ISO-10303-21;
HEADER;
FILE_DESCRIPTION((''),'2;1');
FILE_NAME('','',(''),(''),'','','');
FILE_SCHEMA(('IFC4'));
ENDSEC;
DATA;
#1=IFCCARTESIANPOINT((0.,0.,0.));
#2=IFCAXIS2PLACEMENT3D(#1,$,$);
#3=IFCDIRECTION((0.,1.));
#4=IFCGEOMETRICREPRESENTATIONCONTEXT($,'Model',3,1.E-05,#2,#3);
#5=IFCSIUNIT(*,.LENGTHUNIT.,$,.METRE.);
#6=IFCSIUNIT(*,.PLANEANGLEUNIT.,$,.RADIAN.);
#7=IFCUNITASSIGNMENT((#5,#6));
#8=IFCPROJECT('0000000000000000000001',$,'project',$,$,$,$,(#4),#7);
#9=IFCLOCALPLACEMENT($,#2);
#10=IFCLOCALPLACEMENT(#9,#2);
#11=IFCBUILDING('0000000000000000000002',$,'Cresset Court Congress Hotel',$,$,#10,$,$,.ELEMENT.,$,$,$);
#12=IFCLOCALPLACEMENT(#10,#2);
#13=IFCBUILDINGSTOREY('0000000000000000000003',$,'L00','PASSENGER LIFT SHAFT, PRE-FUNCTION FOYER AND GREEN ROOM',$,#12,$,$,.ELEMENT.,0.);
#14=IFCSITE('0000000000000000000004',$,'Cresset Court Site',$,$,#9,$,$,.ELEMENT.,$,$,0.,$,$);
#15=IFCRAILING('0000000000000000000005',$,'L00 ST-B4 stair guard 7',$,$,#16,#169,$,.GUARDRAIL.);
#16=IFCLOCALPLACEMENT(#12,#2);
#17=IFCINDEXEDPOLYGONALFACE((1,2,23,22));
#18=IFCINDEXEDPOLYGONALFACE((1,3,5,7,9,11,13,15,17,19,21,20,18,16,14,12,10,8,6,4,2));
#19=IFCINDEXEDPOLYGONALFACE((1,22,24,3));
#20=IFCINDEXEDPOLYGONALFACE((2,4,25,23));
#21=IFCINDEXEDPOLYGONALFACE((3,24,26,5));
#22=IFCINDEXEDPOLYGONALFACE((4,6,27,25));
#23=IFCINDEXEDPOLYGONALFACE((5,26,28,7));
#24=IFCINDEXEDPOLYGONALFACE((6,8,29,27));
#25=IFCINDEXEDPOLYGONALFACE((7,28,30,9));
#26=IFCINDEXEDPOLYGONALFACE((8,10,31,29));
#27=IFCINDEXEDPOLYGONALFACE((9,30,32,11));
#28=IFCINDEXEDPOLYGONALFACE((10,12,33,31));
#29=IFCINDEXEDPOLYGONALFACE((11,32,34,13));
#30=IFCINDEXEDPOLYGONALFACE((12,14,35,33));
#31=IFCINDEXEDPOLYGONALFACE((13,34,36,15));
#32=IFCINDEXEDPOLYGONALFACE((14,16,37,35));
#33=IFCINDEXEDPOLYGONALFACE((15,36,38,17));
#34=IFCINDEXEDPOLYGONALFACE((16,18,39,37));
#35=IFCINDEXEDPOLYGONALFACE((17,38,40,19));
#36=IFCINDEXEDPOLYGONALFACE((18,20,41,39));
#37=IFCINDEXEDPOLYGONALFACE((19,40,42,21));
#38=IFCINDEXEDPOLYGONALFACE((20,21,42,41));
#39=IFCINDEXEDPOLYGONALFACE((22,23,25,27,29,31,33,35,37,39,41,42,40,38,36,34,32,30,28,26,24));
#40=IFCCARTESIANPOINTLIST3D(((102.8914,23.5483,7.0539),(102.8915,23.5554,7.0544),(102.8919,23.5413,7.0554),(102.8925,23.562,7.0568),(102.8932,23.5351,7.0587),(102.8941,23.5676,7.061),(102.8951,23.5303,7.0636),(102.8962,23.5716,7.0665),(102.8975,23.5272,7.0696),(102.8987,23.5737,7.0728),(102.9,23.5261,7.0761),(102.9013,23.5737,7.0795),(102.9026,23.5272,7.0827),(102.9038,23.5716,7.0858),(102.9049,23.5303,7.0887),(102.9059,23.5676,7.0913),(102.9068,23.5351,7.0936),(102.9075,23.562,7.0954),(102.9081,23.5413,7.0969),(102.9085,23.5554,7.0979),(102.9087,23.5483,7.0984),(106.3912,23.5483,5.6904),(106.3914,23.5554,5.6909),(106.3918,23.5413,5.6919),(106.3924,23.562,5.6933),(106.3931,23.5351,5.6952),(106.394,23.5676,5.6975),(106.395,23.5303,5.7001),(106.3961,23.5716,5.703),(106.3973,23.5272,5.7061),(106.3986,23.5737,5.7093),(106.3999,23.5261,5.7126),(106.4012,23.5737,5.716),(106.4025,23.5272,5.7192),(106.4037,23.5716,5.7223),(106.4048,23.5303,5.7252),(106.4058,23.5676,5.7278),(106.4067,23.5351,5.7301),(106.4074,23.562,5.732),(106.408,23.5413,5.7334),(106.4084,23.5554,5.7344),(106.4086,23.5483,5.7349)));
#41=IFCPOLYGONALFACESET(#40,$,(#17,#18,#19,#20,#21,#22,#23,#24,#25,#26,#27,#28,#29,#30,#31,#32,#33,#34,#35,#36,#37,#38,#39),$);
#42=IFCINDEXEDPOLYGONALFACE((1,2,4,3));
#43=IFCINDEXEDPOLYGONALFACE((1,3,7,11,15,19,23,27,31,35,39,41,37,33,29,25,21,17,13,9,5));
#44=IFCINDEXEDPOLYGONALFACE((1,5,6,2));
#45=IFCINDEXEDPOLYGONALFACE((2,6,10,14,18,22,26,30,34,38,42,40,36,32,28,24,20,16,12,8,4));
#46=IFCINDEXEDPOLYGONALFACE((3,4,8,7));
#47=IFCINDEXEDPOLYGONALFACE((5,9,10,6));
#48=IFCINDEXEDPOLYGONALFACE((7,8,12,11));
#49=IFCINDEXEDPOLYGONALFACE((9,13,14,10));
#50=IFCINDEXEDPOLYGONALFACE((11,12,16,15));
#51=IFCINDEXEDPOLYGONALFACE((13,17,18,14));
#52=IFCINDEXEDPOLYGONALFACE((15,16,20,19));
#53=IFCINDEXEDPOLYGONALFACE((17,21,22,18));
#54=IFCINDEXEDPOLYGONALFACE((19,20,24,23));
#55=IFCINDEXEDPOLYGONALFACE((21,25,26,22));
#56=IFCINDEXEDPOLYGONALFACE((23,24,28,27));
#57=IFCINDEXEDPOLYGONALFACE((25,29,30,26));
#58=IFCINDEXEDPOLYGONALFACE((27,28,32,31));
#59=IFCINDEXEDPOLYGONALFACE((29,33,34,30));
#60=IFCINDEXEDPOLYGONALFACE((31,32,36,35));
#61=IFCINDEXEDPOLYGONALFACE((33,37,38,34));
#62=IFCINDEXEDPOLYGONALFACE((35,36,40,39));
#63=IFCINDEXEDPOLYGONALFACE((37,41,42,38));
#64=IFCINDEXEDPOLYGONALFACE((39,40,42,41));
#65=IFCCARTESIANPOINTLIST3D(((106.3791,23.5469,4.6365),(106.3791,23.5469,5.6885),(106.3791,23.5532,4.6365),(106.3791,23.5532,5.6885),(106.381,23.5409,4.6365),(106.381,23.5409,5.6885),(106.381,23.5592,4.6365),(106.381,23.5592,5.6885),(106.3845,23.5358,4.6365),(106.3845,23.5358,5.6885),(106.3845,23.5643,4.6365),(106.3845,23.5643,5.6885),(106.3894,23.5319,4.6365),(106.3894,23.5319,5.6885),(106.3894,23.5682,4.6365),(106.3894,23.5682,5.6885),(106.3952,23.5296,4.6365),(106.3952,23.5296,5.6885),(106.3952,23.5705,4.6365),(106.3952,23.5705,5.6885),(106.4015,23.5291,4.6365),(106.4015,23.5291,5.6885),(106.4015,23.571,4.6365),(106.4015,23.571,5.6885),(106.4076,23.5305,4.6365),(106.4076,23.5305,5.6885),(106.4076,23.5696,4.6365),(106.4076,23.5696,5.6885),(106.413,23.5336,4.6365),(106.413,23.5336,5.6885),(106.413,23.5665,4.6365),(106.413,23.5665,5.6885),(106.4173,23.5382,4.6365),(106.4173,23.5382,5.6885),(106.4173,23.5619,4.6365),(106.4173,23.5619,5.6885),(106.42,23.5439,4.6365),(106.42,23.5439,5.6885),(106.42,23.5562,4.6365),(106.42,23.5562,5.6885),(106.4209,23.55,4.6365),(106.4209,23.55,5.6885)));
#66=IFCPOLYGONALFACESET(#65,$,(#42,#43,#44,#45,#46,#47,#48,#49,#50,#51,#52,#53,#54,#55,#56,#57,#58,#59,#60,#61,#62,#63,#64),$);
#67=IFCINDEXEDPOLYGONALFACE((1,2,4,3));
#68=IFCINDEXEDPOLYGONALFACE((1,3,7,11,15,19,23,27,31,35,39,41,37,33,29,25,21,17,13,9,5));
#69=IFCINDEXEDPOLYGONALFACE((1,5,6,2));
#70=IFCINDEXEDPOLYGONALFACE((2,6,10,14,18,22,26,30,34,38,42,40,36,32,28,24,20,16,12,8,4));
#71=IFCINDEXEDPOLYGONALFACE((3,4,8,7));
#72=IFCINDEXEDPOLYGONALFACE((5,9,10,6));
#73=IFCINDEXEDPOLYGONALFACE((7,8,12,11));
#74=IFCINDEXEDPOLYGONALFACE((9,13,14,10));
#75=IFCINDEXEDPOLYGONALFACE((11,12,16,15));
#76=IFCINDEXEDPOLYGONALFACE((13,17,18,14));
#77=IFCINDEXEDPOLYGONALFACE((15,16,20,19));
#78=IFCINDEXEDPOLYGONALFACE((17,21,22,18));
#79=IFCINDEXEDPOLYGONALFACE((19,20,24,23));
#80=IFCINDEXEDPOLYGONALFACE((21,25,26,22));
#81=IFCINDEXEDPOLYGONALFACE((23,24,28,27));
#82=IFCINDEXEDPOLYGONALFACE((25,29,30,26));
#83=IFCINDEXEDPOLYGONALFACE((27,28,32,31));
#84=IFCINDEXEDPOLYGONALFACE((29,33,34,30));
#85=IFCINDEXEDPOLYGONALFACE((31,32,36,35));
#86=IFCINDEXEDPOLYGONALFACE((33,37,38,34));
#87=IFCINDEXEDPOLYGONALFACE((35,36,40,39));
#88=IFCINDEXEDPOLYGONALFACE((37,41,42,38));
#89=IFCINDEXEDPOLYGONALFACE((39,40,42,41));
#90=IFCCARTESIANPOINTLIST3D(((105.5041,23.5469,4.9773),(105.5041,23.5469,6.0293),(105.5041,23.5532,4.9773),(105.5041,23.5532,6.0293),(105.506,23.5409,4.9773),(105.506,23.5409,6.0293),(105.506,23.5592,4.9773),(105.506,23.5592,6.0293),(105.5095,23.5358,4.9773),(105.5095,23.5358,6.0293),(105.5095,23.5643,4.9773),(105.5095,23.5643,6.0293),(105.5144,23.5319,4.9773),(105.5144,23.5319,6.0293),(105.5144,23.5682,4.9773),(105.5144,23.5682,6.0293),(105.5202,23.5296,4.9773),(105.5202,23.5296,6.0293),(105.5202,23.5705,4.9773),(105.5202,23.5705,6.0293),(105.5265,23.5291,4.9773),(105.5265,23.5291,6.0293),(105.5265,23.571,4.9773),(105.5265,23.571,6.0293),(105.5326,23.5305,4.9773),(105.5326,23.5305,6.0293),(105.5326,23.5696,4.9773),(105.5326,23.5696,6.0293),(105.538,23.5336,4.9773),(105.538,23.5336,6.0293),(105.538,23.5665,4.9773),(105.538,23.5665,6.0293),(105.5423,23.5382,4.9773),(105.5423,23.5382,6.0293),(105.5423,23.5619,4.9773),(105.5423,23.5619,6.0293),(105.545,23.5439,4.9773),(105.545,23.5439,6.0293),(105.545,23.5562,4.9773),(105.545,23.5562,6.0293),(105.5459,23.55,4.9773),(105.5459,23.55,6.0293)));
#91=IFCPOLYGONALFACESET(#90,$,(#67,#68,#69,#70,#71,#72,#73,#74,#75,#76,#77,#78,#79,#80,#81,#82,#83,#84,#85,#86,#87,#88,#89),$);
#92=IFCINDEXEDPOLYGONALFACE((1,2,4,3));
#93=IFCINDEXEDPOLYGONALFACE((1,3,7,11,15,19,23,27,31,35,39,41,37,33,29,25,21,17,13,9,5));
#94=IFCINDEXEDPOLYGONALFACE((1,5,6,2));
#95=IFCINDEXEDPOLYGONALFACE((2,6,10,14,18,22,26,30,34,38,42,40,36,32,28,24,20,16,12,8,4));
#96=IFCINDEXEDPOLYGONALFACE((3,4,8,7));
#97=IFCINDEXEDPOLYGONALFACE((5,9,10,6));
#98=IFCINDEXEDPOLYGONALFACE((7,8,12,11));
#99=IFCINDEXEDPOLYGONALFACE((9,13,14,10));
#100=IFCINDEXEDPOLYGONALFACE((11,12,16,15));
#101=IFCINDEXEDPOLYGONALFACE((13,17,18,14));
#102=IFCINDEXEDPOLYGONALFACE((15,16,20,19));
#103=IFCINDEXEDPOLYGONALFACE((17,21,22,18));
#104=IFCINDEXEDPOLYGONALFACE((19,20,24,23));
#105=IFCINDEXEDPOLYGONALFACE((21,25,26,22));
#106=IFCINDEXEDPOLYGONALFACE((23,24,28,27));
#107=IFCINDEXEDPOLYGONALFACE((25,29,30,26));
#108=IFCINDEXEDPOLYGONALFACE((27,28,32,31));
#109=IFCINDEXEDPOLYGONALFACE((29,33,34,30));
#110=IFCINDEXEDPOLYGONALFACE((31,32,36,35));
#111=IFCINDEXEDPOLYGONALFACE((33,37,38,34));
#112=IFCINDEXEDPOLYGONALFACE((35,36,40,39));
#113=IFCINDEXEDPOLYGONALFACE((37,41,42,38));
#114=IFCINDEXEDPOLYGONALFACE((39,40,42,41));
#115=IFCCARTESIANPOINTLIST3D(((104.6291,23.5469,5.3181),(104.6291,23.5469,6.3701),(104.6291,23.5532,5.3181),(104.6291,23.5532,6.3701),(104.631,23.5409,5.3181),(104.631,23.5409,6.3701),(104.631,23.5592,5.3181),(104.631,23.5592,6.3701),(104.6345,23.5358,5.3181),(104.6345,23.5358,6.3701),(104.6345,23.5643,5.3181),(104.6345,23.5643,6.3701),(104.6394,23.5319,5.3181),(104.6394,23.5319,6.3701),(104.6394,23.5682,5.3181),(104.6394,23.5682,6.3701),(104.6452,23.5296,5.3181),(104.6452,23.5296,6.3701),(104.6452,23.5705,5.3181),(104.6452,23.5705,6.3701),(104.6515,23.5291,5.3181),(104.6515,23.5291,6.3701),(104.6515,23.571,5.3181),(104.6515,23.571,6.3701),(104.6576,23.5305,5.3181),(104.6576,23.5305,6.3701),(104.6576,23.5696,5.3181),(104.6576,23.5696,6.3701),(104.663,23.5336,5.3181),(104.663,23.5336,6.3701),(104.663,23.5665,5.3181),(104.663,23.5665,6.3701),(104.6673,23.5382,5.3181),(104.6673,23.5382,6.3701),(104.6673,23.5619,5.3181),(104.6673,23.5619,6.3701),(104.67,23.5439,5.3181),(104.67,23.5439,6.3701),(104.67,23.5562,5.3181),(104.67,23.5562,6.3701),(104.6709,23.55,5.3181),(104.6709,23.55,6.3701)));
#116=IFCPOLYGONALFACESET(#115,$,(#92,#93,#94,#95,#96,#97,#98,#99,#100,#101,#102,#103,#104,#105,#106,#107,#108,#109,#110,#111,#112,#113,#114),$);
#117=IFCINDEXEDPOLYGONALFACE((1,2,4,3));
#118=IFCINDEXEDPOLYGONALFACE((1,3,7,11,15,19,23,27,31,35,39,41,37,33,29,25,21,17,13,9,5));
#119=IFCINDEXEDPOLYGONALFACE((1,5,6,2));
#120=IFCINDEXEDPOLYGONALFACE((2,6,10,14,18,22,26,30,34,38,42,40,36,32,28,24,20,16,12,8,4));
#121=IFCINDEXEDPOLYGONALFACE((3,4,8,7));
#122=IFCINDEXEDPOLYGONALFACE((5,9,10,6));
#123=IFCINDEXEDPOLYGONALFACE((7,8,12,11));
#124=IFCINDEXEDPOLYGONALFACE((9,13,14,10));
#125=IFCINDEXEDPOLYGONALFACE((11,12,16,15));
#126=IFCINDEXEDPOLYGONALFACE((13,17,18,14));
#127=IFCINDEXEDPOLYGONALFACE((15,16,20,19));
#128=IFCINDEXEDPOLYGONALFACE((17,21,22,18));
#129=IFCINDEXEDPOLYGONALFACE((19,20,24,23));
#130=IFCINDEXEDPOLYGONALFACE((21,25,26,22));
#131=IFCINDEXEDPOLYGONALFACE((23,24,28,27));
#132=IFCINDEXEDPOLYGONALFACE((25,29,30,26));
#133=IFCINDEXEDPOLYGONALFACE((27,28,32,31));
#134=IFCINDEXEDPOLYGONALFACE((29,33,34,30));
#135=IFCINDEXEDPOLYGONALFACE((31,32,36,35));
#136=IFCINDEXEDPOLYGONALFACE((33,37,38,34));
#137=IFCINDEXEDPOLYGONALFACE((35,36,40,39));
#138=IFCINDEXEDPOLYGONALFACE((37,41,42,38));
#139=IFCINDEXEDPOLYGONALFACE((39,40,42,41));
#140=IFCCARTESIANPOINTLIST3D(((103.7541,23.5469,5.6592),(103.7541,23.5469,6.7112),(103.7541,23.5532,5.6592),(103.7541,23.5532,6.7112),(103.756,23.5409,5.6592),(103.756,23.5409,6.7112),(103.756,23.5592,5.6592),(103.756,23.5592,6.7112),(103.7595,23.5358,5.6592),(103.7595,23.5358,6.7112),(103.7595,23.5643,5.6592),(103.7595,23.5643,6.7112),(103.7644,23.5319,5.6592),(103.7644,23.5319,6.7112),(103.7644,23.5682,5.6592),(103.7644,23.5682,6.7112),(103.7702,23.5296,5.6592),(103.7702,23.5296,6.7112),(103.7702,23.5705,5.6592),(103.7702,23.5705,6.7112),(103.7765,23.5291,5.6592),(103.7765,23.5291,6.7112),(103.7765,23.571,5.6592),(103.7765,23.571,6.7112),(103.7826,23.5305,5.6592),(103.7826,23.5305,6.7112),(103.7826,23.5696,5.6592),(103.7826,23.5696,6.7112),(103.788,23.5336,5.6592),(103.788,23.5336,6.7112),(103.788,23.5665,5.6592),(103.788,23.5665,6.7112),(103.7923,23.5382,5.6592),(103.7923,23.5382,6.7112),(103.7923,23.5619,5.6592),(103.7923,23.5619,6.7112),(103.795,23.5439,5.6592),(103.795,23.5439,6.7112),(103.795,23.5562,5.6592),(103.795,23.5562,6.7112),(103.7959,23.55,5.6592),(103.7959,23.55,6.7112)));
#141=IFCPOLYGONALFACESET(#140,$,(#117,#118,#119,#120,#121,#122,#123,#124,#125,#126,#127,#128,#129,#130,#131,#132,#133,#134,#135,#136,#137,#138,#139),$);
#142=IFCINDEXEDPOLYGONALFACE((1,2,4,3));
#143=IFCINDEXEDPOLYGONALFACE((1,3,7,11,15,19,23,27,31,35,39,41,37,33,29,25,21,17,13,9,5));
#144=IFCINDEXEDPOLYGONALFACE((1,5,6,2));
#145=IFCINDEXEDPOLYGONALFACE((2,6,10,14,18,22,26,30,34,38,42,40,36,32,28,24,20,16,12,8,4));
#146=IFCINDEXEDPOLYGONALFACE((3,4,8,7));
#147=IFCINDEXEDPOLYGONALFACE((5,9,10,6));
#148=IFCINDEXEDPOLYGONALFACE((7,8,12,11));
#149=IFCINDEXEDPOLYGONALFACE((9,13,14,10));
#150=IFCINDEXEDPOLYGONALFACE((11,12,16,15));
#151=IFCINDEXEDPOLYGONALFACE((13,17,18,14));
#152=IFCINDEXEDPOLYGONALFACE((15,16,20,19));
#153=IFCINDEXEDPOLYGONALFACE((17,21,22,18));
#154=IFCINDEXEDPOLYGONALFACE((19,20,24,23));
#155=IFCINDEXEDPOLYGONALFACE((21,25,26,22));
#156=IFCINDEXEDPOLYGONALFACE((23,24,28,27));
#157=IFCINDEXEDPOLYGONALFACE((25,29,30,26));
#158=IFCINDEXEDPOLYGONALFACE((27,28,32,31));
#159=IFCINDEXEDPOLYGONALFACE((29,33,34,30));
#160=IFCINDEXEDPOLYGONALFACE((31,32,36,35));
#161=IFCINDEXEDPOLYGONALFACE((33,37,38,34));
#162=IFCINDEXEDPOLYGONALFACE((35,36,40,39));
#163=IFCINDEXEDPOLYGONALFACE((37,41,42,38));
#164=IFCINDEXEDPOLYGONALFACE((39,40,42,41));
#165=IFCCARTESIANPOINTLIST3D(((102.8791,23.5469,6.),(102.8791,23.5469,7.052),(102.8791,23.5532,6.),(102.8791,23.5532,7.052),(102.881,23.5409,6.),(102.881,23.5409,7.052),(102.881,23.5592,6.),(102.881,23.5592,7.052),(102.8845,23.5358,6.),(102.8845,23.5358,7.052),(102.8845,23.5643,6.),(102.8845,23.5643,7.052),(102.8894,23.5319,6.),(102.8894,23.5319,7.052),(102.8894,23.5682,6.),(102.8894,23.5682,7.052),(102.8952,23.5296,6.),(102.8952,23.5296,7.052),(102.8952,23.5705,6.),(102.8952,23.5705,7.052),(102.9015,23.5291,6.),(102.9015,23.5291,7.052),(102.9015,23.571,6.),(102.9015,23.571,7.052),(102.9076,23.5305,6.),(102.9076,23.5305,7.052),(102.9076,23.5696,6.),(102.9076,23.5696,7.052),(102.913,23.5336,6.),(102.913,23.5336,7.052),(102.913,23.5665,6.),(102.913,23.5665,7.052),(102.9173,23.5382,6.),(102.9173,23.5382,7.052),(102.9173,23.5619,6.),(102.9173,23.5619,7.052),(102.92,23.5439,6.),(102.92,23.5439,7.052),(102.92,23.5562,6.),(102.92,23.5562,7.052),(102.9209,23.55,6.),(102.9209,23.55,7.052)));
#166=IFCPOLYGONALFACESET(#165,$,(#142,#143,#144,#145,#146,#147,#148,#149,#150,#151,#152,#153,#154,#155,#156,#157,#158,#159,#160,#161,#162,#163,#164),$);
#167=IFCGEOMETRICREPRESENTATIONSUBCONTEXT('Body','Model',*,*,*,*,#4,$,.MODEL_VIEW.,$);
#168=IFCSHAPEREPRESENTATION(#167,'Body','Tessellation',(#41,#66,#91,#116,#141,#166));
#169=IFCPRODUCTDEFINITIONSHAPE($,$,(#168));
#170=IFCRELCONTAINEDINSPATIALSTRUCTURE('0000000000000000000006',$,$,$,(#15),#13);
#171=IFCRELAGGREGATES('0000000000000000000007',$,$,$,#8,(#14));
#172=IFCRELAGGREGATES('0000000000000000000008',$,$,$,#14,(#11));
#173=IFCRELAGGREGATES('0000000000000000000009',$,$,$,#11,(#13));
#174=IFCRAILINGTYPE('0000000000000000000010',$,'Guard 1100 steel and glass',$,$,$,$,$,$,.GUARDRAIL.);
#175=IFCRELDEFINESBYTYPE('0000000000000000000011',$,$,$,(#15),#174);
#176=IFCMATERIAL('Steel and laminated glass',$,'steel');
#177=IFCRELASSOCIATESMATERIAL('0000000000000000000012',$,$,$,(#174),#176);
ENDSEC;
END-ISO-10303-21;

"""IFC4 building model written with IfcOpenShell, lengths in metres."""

from ifc_helpers import new_model, si_unit, direction, frame, origin, origin_2d, place, context, subcontext, project, spatial, circle, extrude, material, type_object, element, save


model = new_model("IFC4")

# Units and contexts
model_context = context("Model", 3, precision=1e-05, world=origin(), true_north=direction((0.0, 1.0)))
body_context = subcontext(model_context, "Body", "Model", "MODEL_VIEW")
ifc_project = project(units=[si_unit("LENGTHUNIT", "METRE"), si_unit("PLANEANGLEUNIT", "RADIAN")], contexts=[model_context])

# Site, building, storey
site_placement = place(None, origin())
site = spatial("IfcSite", under=ifc_project, at=site_placement, Name="Cresset Court Site", CompositionType="ELEMENT", RefElevation=0.0)
building_placement = place(site_placement, origin())
building = spatial("IfcBuilding", under=site, at=building_placement, Name="Cresset Court Congress Hotel", CompositionType="ELEMENT")
storey_placement = place(building_placement, origin())
storey = spatial("IfcBuildingStorey", under=building, at=storey_placement, Name="L00", Description="PASSENGER LIFT SHAFT, PRE-FUNCTION FOYER AND GREEN ROOM", CompositionType="ELEMENT", Elevation=0.0)

# Railing
ifc_material_1 = material(Name="Steel and laminated glass", Category="steel")
railing_type_1 = type_object("IfcRailingType", Name="Guard 1100 steel and glass", PredefinedType="GUARDRAIL", material=ifc_material_1)
railing_1_placement = place(storey_placement, frame((106.3999, 23.55, 4.6365)))
element("IfcRailing", 1, at=railing_1_placement, inside=storey, type_object=railing_type_1, Name="L00 ST-B4 stair guard 7", PredefinedType="GUARDRAIL", context=body_context, shape_type="SweptSolid", body=[
    extrude(circle(Radius=0.0239, at=origin_2d()), frame((0.0, 0.0, 1.0762), z_axis=(-0.931787, 0.0, 0.363005), x_axis=(0.0, -1.0, 0.0)), (0.0, 0.0, 1.0), 3.7561),
    extrude(circle(Radius=0.021, at=origin_2d()), origin(), (0.0, 0.0, 1.0), 1.052),
    extrude(circle(Radius=0.021, at=origin_2d()), frame((-0.875, 0.0, 0.3408)), (0.0, 0.0, 1.0), 1.052),
    extrude(circle(Radius=0.021, at=origin_2d()), frame((-1.75, 0.0, 0.6816)), (0.0, 0.0, 1.0), 1.052),
    extrude(circle(Radius=0.021, at=origin_2d()), frame((-2.625, 0.0, 1.0227)), (0.0, 0.0, 1.0), 1.052),
    extrude(circle(Radius=0.021, at=origin_2d()), frame((-3.5, 0.0, 1.3635)), (0.0, 0.0, 1.0), 1.052),
])

save(model, "model.ifc")
